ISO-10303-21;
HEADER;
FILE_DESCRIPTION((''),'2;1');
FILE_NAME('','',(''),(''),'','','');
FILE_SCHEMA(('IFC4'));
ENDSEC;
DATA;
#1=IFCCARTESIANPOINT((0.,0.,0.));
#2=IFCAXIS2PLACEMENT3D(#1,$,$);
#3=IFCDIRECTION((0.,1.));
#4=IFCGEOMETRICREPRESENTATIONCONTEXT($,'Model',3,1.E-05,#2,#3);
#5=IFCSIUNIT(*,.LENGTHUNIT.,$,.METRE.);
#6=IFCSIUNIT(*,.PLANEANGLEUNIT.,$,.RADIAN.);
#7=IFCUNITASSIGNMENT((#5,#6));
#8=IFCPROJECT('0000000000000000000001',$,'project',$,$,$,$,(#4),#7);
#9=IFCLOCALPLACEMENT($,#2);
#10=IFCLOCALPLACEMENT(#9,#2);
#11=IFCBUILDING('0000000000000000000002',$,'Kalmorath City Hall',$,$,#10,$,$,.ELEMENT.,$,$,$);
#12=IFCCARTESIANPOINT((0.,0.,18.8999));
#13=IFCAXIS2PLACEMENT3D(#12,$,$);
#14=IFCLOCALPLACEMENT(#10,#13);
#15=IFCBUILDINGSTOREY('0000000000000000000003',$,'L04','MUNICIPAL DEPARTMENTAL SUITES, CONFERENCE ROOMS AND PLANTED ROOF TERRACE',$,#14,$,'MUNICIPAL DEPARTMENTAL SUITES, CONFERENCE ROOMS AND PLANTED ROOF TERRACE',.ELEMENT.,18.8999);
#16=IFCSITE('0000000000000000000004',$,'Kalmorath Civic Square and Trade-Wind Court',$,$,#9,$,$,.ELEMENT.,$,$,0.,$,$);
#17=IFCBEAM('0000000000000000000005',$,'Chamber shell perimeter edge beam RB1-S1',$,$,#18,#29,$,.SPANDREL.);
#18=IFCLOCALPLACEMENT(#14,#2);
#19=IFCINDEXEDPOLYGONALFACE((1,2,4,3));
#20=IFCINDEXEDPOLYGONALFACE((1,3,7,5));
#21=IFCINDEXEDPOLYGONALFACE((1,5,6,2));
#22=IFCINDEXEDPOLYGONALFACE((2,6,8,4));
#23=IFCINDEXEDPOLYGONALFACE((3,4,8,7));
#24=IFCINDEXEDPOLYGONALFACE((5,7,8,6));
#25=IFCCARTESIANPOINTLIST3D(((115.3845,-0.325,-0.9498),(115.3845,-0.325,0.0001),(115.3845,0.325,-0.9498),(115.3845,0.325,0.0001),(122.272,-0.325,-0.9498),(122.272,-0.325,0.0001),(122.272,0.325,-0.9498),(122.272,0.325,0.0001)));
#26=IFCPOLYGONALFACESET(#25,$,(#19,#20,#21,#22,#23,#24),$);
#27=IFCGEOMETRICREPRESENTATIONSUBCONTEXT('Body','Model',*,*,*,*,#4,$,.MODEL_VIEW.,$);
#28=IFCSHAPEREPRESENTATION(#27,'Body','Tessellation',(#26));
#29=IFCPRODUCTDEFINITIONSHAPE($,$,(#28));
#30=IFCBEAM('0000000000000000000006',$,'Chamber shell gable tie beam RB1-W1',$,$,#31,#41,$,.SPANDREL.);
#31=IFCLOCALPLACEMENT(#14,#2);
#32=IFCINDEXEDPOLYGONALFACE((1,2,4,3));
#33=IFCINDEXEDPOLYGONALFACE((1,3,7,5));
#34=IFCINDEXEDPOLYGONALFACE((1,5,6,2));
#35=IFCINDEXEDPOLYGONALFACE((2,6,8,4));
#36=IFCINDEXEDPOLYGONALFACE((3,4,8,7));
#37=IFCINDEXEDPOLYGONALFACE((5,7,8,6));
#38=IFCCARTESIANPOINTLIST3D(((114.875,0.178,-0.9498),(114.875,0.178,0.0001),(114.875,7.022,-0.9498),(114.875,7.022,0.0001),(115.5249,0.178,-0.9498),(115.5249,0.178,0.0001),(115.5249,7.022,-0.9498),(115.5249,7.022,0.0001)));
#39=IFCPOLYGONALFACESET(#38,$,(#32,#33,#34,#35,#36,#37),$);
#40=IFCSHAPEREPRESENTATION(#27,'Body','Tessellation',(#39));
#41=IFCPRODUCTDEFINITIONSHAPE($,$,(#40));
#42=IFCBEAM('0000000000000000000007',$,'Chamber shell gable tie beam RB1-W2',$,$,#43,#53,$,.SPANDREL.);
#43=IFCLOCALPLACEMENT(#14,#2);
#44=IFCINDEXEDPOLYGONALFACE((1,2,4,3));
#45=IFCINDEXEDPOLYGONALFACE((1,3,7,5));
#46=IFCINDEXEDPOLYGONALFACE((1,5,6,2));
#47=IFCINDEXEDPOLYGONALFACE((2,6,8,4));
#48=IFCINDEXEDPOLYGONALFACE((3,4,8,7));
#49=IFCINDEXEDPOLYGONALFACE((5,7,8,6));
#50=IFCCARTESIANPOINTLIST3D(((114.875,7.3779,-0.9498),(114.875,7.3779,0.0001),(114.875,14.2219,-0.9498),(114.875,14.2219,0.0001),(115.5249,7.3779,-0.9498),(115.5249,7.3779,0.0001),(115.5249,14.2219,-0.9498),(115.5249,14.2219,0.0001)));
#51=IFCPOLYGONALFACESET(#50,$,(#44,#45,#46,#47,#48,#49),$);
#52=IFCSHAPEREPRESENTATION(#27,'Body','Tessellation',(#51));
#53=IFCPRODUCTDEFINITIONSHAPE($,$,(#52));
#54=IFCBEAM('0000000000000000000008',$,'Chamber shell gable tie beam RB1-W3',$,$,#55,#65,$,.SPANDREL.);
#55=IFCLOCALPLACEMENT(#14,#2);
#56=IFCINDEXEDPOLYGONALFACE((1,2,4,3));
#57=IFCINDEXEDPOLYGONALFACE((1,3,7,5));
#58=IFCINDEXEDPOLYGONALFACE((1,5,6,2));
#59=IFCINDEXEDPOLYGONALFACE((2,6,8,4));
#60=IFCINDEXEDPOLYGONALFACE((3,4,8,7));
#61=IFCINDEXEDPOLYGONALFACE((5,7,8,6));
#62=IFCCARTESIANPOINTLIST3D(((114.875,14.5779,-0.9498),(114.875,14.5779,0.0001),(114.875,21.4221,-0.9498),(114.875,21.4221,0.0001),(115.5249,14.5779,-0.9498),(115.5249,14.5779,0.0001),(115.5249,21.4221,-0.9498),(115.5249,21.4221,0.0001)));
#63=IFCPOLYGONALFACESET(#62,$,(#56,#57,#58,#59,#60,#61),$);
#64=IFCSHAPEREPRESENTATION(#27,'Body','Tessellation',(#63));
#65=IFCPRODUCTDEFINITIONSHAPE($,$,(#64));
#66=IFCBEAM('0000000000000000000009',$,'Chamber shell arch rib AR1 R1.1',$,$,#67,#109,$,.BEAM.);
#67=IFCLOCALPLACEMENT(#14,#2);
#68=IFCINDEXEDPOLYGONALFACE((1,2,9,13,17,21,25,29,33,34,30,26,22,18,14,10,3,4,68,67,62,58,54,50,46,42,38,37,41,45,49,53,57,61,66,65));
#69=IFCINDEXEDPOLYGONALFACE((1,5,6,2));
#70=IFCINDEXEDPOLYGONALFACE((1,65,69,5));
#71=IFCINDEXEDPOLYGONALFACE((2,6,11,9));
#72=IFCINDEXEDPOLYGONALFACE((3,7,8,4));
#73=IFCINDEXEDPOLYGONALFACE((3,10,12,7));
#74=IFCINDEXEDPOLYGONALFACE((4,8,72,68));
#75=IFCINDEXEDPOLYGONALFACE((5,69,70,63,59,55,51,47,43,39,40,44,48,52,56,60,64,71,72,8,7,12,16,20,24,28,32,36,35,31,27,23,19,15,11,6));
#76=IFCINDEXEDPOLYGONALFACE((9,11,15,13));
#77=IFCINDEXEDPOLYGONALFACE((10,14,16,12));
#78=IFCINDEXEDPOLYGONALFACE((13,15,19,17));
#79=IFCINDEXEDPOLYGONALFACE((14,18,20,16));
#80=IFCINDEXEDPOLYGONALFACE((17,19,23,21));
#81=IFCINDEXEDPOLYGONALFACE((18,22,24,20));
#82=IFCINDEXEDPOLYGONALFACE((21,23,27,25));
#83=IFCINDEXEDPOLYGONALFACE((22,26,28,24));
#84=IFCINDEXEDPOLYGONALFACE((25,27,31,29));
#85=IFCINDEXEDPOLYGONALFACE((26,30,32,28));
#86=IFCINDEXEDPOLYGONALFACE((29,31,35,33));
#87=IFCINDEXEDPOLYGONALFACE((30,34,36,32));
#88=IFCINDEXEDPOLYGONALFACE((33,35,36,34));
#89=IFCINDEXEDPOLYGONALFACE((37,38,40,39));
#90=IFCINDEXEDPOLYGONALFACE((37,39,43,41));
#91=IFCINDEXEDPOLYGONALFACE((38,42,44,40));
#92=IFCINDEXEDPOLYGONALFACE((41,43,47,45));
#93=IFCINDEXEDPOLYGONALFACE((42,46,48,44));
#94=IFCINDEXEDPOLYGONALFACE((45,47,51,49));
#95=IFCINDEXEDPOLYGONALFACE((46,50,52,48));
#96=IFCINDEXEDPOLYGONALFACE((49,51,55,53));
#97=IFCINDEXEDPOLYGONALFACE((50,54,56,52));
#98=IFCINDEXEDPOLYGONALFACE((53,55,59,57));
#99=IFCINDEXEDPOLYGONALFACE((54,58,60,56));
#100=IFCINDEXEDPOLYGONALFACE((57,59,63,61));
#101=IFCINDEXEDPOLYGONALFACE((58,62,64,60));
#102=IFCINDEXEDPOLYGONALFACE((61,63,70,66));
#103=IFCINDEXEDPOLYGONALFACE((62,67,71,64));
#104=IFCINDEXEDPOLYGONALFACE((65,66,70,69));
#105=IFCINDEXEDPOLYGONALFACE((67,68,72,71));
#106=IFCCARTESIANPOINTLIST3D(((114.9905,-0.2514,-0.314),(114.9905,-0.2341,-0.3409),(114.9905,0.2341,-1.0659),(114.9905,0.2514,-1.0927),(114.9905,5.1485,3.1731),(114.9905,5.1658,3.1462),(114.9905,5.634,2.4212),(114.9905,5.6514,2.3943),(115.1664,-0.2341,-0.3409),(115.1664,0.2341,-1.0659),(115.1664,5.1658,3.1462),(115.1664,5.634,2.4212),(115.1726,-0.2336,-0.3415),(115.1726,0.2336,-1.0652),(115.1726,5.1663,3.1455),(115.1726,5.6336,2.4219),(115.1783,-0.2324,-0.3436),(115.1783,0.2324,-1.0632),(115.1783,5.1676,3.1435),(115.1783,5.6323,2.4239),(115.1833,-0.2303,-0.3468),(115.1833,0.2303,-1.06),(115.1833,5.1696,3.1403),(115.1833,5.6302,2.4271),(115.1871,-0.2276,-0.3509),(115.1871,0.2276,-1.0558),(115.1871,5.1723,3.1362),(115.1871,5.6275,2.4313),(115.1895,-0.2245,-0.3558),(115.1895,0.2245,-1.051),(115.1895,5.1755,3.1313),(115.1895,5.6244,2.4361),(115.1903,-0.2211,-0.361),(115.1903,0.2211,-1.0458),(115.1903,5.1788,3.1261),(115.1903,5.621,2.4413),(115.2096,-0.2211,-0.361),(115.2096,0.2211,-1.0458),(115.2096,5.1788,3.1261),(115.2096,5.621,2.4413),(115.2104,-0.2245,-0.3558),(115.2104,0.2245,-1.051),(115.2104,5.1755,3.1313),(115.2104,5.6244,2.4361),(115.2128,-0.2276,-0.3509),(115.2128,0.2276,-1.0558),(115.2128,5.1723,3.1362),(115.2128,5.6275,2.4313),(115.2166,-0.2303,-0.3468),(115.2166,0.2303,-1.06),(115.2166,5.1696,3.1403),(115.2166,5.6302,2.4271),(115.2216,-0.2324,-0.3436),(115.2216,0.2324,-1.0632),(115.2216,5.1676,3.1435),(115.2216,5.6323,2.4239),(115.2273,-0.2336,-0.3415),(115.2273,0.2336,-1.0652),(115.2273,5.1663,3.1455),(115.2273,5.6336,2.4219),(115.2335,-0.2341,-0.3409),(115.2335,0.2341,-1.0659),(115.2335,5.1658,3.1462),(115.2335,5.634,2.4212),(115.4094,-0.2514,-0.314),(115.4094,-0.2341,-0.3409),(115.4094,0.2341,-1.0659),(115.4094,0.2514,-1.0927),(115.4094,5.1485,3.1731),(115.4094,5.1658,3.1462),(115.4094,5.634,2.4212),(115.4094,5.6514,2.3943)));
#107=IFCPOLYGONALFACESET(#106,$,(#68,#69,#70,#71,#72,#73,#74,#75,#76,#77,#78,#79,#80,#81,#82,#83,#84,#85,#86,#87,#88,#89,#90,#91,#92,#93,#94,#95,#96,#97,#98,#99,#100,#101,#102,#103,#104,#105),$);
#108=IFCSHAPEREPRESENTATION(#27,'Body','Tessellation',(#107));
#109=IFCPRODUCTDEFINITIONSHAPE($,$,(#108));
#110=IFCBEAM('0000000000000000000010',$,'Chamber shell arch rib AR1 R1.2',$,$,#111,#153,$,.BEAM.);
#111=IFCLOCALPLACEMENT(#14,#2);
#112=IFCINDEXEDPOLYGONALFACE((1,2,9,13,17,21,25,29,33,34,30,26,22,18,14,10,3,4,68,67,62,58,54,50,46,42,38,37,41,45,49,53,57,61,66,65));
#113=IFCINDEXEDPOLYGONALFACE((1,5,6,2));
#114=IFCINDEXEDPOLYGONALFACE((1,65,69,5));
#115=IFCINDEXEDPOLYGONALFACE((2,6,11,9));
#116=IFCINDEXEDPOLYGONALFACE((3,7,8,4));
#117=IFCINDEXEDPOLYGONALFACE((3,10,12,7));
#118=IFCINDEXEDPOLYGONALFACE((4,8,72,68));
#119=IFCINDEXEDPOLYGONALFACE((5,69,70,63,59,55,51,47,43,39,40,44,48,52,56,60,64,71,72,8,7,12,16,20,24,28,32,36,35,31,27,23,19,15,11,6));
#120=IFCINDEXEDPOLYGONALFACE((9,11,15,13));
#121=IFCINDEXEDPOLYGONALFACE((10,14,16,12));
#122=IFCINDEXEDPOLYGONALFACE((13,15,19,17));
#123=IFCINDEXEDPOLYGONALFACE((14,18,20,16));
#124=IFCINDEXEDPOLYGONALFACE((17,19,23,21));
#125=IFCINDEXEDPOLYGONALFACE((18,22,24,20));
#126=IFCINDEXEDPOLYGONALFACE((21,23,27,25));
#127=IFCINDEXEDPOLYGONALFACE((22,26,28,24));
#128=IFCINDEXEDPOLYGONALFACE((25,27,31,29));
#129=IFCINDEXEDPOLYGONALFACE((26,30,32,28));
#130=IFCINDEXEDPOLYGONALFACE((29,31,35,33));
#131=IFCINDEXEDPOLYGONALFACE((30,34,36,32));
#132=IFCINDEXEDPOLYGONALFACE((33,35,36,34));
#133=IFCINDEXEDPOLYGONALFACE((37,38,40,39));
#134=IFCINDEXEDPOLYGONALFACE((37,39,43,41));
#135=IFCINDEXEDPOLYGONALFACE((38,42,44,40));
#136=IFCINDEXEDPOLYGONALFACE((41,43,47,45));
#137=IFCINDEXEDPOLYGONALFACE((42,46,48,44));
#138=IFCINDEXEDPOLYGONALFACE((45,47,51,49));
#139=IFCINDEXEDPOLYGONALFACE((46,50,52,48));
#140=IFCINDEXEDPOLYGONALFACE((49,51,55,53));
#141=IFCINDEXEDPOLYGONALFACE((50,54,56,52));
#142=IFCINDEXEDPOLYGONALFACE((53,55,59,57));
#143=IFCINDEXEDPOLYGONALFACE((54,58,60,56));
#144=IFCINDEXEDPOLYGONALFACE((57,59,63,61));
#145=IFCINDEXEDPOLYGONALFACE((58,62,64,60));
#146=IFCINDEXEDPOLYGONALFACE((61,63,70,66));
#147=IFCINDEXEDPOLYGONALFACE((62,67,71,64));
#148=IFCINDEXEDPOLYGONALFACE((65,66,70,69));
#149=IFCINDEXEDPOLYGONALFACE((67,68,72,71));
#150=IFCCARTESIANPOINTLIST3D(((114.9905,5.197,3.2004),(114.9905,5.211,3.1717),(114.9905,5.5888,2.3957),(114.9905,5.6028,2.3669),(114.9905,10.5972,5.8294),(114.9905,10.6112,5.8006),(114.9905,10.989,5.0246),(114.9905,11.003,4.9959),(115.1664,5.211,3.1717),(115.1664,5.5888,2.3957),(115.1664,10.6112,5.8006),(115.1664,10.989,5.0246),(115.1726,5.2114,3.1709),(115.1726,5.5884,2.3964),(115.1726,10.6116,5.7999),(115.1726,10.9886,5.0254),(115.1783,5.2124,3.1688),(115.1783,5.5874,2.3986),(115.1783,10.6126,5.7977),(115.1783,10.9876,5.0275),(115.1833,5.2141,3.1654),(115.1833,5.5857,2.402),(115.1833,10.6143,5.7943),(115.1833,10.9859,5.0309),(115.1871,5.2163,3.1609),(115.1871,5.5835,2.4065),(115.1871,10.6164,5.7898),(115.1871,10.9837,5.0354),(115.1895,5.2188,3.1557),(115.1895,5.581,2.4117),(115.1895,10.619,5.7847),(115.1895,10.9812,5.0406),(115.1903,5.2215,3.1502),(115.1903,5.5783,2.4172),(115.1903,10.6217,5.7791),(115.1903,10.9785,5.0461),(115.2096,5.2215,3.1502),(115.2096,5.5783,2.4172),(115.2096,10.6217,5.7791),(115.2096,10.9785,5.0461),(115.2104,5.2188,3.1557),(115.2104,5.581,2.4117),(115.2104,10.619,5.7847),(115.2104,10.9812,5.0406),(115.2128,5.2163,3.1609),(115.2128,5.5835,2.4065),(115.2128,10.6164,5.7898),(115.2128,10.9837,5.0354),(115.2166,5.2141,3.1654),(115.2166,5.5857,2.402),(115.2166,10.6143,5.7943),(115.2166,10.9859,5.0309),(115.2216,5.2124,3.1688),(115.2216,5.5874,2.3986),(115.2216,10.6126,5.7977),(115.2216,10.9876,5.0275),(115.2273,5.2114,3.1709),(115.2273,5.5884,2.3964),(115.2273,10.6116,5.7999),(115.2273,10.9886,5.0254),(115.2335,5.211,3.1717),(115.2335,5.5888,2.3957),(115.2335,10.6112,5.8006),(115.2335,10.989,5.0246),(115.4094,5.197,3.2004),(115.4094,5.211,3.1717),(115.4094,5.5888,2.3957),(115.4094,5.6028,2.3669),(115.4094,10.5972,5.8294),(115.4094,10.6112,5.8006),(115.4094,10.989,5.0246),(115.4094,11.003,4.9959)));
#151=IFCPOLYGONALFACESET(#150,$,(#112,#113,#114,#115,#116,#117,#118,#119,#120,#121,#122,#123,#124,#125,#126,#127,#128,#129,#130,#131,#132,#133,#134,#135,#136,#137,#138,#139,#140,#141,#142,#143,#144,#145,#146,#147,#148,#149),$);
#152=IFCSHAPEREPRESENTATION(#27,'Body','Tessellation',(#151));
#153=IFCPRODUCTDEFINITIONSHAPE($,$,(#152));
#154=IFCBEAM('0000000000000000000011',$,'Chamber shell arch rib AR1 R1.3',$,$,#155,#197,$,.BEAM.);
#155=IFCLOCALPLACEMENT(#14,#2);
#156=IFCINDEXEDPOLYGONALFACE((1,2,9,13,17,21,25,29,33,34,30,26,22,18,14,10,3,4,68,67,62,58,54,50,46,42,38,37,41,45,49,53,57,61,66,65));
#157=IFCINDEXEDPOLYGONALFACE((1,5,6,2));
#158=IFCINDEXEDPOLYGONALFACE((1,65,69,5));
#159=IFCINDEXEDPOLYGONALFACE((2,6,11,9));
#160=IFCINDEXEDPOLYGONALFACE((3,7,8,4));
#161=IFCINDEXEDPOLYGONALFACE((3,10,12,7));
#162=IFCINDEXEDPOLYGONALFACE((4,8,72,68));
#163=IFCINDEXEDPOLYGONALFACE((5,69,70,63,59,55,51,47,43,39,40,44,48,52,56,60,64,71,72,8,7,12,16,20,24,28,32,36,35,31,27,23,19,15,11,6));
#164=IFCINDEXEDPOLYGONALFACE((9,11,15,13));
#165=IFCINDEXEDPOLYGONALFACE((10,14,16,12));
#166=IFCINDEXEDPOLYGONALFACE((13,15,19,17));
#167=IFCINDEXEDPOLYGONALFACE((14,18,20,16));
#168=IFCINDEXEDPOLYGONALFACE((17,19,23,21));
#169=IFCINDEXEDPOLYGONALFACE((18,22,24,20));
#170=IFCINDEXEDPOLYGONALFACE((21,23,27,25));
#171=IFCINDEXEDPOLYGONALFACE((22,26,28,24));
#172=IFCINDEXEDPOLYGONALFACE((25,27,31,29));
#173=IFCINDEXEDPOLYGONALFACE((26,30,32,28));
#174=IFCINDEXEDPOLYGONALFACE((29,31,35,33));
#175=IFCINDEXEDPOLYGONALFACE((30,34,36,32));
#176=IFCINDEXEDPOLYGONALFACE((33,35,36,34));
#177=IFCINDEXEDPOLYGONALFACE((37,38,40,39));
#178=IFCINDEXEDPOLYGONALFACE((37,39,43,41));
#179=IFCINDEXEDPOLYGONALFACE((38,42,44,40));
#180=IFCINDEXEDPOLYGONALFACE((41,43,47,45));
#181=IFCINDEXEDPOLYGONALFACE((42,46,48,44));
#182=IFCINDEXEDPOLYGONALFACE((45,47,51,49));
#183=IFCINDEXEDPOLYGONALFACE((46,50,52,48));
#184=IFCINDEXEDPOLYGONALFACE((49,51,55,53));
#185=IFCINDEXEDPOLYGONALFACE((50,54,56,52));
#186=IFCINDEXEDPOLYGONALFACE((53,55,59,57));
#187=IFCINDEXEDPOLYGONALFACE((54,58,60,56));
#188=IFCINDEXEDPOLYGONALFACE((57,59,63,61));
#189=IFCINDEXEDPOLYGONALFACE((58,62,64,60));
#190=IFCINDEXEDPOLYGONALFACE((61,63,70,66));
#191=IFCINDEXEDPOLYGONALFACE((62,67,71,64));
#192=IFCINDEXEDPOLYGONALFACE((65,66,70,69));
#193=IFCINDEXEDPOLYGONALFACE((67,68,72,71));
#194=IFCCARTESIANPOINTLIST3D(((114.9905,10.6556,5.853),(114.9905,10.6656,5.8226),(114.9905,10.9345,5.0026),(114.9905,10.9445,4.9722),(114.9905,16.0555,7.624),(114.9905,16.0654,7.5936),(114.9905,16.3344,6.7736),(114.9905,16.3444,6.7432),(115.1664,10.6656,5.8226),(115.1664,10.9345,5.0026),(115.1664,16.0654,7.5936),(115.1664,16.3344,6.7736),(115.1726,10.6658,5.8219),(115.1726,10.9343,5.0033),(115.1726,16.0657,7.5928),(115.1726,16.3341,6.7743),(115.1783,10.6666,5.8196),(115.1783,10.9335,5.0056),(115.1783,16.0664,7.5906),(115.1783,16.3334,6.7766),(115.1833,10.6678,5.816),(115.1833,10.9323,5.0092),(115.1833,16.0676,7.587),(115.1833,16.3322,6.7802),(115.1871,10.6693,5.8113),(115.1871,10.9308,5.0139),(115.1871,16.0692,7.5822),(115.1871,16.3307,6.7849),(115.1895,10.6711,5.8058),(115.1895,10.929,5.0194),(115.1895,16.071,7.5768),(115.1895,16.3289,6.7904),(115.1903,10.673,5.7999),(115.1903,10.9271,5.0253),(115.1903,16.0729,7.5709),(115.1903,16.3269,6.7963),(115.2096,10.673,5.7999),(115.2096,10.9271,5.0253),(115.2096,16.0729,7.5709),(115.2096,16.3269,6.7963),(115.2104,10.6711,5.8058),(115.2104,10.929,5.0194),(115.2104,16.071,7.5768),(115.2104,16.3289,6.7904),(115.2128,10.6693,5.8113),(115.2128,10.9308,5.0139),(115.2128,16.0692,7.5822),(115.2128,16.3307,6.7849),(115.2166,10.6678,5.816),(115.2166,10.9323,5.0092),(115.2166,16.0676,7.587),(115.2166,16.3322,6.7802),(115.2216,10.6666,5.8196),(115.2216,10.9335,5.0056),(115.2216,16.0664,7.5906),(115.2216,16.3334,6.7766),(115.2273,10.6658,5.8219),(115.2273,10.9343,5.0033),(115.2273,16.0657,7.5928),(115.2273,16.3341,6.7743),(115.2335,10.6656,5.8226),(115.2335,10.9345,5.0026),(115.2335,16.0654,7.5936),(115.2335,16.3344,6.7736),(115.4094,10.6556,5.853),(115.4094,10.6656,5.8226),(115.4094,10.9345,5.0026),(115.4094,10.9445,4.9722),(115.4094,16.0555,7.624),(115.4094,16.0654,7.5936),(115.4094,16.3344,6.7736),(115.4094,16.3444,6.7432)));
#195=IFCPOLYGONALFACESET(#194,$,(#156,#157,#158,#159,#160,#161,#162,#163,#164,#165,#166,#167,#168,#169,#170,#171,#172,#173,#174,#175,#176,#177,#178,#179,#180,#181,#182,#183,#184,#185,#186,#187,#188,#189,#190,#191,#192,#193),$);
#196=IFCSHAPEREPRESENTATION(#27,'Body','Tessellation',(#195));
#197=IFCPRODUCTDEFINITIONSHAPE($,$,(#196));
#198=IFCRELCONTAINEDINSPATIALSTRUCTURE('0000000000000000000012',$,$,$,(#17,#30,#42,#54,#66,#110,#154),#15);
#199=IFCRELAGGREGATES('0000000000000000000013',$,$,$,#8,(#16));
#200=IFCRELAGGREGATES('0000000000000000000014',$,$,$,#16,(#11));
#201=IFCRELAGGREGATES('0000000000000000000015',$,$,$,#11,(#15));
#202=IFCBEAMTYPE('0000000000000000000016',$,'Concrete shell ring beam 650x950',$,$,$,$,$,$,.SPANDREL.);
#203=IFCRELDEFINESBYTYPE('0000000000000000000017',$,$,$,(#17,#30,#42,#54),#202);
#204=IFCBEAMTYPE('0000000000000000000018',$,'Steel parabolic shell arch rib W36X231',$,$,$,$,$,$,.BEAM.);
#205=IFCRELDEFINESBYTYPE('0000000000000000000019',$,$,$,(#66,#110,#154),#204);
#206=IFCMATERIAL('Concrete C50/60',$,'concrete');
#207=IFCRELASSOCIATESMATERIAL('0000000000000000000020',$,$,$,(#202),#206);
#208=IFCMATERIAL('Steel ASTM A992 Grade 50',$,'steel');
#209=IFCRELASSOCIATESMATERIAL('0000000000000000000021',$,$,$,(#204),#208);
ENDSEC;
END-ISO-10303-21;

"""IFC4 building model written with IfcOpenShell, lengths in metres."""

from ifc_helpers import new_model, si_unit, direction, frame, origin, origin_2d, place, context, subcontext, project, spatial, rectangle, i_section, extrude, material, material_profile, profile_set, type_object, element, save


model = new_model("IFC4")

# Units and contexts
model_context = context("Model", 3, precision=1e-05, world=origin(), true_north=direction((0.0, 1.0)))
body_context = subcontext(model_context, "Body", "Model", "MODEL_VIEW")
ifc_project = project(units=[si_unit("LENGTHUNIT", "METRE"), si_unit("PLANEANGLEUNIT", "RADIAN")], contexts=[model_context])

# Site, building, storey
site_placement = place(None, origin())
site = spatial("IfcSite", under=ifc_project, at=site_placement, Name="Kalmorath Civic Square and Trade-Wind Court", CompositionType="ELEMENT", RefElevation=0.0)
building_placement = place(site_placement, origin())
building = spatial("IfcBuilding", under=site, at=building_placement, Name="Kalmorath City Hall", CompositionType="ELEMENT")
storey_placement = place(building_placement, frame((0.0, 0.0, 18.8999)))
storey = spatial("IfcBuildingStorey", under=building, at=storey_placement, Name="L04", Description="MUNICIPAL DEPARTMENTAL SUITES, CONFERENCE ROOMS AND PLANTED ROOF TERRACE", LongName="MUNICIPAL DEPARTMENTAL SUITES, CONFERENCE ROOMS AND PLANTED ROOF TERRACE", CompositionType="ELEMENT", Elevation=18.8999)

# Beams
ifc_material_1 = material(Name="Concrete C50/60", Category="concrete")
ifc_material_profile_1 = material_profile(ifc_material_1, rectangle(XDim=0.6499, YDim=0.95, at=origin_2d()), Name="RC-RING-650X950")
ifc_profile_set_1 = profile_set([ifc_material_profile_1], Name="Concrete C50/60")
beam_type_1 = type_object("IfcBeamType", Name="Concrete shell ring beam 650x950", PredefinedType="SPANDREL", material=ifc_profile_set_1)
beam_1_placement = place(storey_placement, frame((115.3845, 0.0, -0.4749), z_axis=(1.0, 0.0, 0.0), x_axis=(0.0, 1.0, 0.0)))
element("IfcBeam", 1, at=beam_1_placement, inside=storey, type_object=beam_type_1, Name="Chamber shell perimeter edge beam RB1-S1", PredefinedType="SPANDREL", context=body_context, shape_type="SweptSolid", body=[
    extrude(rectangle(XDim=0.6499, YDim=0.95, at=origin_2d()), origin(), (0.0, 0.0, 1.0), 6.8875),
])
for number, where, z_axis, x_axis, name in (
    (2, (115.2, 0.178, -0.4749), (0.0, 1.0, 0.0), (-1.0, 0.0, 0.0), "Chamber shell gable tie beam RB1-W1"),
    (3, (115.2, 7.3779, -0.4749), (0.0, 1.0, 0.0), (-1.0, 0.0, 0.0), "Chamber shell gable tie beam RB1-W2"),
):
    element("IfcBeam", number, at=place(storey_placement, frame(where, z_axis=z_axis, x_axis=x_axis)), inside=storey, type_object=beam_type_1, Name=name, PredefinedType="SPANDREL", context=body_context, shape_type="SweptSolid", body=[
        extrude(rectangle(XDim=0.6499, YDim=0.95, at=origin_2d()), origin(), (0.0, 0.0, 1.0), 6.844),
    ])
beam_2_placement = place(storey_placement, frame((115.2, 14.5779, -0.4749), z_axis=(0.0, 1.0, 0.0), x_axis=(-1.0, 0.0, 0.0)))
element("IfcBeam", 4, at=beam_2_placement, inside=storey, type_object=beam_type_1, Name="Chamber shell gable tie beam RB1-W3", PredefinedType="SPANDREL", context=body_context, shape_type="SweptSolid", body=[
    extrude(rectangle(XDim=0.6499, YDim=0.95, at=origin_2d()), origin(), (0.0, 0.0, 1.0), 6.8442),
])
ifc_material_2 = material(Name="Steel ASTM A992 Grade 50", Category="steel")
ifc_material_profile_2 = material_profile(ifc_material_2, i_section(OverallWidth=0.4189, OverallDepth=0.927, WebThickness=0.0193, FlangeThickness=0.032, FilletRadius=0.0239, at=origin_2d()), Name="W36X231")
ifc_profile_set_2 = profile_set([ifc_material_profile_2], Name="Steel ASTM A992 Grade 50")
beam_type_2 = type_object("IfcBeamType", Name="Steel parabolic shell arch rib W36X231", PredefinedType="BEAM", material=ifc_profile_set_2)
beam_3_placement = place(storey_placement, frame((115.2, 0.0, -0.7034), z_axis=(0.0, 0.840066, 0.542484), x_axis=(-1.0, 0.0, 0.0)))
element("IfcBeam", 5, at=beam_3_placement, inside=storey, type_object=beam_type_2, Name="Chamber shell arch rib AR1 R1.1", PredefinedType="BEAM", context=body_context, shape_type="SweptSolid", body=[
    extrude(i_section(OverallWidth=0.4189, OverallDepth=0.927, WebThickness=0.0193, FlangeThickness=0.032, FilletRadius=0.0239, at=origin_2d()), origin(), (0.0, 0.0, 1.0), 6.428),
])
beam_4_placement = place(storey_placement, frame((115.2, 5.3999, 2.7837), z_axis=(0.0, 0.899117, 0.437709), x_axis=(-1.0, 0.0, 0.0)))
element("IfcBeam", 6, at=beam_4_placement, inside=storey, type_object=beam_type_2, Name="Chamber shell arch rib AR1 R1.2", PredefinedType="BEAM", context=body_context, shape_type="SweptSolid", body=[
    extrude(i_section(OverallWidth=0.4189, OverallDepth=0.927, WebThickness=0.0193, FlangeThickness=0.032, FilletRadius=0.0239, at=origin_2d()), origin(), (0.0, 0.0, 1.0), 6.0061),
])
beam_5_placement = place(storey_placement, frame((115.2, 10.8, 5.4126), z_axis=(0.0, 0.950202, 0.311636), x_axis=(-1.0, 0.0, 0.0)))
element("IfcBeam", 7, at=beam_5_placement, inside=storey, type_object=beam_type_2, Name="Chamber shell arch rib AR1 R1.3", PredefinedType="BEAM", context=body_context, shape_type="SweptSolid", body=[
    extrude(i_section(OverallWidth=0.4189, OverallDepth=0.927, WebThickness=0.0193, FlangeThickness=0.032, FilletRadius=0.0239, at=origin_2d()), origin(), (0.0, 0.0, 1.0), 5.6829),
])

save(model, "model.ifc")
